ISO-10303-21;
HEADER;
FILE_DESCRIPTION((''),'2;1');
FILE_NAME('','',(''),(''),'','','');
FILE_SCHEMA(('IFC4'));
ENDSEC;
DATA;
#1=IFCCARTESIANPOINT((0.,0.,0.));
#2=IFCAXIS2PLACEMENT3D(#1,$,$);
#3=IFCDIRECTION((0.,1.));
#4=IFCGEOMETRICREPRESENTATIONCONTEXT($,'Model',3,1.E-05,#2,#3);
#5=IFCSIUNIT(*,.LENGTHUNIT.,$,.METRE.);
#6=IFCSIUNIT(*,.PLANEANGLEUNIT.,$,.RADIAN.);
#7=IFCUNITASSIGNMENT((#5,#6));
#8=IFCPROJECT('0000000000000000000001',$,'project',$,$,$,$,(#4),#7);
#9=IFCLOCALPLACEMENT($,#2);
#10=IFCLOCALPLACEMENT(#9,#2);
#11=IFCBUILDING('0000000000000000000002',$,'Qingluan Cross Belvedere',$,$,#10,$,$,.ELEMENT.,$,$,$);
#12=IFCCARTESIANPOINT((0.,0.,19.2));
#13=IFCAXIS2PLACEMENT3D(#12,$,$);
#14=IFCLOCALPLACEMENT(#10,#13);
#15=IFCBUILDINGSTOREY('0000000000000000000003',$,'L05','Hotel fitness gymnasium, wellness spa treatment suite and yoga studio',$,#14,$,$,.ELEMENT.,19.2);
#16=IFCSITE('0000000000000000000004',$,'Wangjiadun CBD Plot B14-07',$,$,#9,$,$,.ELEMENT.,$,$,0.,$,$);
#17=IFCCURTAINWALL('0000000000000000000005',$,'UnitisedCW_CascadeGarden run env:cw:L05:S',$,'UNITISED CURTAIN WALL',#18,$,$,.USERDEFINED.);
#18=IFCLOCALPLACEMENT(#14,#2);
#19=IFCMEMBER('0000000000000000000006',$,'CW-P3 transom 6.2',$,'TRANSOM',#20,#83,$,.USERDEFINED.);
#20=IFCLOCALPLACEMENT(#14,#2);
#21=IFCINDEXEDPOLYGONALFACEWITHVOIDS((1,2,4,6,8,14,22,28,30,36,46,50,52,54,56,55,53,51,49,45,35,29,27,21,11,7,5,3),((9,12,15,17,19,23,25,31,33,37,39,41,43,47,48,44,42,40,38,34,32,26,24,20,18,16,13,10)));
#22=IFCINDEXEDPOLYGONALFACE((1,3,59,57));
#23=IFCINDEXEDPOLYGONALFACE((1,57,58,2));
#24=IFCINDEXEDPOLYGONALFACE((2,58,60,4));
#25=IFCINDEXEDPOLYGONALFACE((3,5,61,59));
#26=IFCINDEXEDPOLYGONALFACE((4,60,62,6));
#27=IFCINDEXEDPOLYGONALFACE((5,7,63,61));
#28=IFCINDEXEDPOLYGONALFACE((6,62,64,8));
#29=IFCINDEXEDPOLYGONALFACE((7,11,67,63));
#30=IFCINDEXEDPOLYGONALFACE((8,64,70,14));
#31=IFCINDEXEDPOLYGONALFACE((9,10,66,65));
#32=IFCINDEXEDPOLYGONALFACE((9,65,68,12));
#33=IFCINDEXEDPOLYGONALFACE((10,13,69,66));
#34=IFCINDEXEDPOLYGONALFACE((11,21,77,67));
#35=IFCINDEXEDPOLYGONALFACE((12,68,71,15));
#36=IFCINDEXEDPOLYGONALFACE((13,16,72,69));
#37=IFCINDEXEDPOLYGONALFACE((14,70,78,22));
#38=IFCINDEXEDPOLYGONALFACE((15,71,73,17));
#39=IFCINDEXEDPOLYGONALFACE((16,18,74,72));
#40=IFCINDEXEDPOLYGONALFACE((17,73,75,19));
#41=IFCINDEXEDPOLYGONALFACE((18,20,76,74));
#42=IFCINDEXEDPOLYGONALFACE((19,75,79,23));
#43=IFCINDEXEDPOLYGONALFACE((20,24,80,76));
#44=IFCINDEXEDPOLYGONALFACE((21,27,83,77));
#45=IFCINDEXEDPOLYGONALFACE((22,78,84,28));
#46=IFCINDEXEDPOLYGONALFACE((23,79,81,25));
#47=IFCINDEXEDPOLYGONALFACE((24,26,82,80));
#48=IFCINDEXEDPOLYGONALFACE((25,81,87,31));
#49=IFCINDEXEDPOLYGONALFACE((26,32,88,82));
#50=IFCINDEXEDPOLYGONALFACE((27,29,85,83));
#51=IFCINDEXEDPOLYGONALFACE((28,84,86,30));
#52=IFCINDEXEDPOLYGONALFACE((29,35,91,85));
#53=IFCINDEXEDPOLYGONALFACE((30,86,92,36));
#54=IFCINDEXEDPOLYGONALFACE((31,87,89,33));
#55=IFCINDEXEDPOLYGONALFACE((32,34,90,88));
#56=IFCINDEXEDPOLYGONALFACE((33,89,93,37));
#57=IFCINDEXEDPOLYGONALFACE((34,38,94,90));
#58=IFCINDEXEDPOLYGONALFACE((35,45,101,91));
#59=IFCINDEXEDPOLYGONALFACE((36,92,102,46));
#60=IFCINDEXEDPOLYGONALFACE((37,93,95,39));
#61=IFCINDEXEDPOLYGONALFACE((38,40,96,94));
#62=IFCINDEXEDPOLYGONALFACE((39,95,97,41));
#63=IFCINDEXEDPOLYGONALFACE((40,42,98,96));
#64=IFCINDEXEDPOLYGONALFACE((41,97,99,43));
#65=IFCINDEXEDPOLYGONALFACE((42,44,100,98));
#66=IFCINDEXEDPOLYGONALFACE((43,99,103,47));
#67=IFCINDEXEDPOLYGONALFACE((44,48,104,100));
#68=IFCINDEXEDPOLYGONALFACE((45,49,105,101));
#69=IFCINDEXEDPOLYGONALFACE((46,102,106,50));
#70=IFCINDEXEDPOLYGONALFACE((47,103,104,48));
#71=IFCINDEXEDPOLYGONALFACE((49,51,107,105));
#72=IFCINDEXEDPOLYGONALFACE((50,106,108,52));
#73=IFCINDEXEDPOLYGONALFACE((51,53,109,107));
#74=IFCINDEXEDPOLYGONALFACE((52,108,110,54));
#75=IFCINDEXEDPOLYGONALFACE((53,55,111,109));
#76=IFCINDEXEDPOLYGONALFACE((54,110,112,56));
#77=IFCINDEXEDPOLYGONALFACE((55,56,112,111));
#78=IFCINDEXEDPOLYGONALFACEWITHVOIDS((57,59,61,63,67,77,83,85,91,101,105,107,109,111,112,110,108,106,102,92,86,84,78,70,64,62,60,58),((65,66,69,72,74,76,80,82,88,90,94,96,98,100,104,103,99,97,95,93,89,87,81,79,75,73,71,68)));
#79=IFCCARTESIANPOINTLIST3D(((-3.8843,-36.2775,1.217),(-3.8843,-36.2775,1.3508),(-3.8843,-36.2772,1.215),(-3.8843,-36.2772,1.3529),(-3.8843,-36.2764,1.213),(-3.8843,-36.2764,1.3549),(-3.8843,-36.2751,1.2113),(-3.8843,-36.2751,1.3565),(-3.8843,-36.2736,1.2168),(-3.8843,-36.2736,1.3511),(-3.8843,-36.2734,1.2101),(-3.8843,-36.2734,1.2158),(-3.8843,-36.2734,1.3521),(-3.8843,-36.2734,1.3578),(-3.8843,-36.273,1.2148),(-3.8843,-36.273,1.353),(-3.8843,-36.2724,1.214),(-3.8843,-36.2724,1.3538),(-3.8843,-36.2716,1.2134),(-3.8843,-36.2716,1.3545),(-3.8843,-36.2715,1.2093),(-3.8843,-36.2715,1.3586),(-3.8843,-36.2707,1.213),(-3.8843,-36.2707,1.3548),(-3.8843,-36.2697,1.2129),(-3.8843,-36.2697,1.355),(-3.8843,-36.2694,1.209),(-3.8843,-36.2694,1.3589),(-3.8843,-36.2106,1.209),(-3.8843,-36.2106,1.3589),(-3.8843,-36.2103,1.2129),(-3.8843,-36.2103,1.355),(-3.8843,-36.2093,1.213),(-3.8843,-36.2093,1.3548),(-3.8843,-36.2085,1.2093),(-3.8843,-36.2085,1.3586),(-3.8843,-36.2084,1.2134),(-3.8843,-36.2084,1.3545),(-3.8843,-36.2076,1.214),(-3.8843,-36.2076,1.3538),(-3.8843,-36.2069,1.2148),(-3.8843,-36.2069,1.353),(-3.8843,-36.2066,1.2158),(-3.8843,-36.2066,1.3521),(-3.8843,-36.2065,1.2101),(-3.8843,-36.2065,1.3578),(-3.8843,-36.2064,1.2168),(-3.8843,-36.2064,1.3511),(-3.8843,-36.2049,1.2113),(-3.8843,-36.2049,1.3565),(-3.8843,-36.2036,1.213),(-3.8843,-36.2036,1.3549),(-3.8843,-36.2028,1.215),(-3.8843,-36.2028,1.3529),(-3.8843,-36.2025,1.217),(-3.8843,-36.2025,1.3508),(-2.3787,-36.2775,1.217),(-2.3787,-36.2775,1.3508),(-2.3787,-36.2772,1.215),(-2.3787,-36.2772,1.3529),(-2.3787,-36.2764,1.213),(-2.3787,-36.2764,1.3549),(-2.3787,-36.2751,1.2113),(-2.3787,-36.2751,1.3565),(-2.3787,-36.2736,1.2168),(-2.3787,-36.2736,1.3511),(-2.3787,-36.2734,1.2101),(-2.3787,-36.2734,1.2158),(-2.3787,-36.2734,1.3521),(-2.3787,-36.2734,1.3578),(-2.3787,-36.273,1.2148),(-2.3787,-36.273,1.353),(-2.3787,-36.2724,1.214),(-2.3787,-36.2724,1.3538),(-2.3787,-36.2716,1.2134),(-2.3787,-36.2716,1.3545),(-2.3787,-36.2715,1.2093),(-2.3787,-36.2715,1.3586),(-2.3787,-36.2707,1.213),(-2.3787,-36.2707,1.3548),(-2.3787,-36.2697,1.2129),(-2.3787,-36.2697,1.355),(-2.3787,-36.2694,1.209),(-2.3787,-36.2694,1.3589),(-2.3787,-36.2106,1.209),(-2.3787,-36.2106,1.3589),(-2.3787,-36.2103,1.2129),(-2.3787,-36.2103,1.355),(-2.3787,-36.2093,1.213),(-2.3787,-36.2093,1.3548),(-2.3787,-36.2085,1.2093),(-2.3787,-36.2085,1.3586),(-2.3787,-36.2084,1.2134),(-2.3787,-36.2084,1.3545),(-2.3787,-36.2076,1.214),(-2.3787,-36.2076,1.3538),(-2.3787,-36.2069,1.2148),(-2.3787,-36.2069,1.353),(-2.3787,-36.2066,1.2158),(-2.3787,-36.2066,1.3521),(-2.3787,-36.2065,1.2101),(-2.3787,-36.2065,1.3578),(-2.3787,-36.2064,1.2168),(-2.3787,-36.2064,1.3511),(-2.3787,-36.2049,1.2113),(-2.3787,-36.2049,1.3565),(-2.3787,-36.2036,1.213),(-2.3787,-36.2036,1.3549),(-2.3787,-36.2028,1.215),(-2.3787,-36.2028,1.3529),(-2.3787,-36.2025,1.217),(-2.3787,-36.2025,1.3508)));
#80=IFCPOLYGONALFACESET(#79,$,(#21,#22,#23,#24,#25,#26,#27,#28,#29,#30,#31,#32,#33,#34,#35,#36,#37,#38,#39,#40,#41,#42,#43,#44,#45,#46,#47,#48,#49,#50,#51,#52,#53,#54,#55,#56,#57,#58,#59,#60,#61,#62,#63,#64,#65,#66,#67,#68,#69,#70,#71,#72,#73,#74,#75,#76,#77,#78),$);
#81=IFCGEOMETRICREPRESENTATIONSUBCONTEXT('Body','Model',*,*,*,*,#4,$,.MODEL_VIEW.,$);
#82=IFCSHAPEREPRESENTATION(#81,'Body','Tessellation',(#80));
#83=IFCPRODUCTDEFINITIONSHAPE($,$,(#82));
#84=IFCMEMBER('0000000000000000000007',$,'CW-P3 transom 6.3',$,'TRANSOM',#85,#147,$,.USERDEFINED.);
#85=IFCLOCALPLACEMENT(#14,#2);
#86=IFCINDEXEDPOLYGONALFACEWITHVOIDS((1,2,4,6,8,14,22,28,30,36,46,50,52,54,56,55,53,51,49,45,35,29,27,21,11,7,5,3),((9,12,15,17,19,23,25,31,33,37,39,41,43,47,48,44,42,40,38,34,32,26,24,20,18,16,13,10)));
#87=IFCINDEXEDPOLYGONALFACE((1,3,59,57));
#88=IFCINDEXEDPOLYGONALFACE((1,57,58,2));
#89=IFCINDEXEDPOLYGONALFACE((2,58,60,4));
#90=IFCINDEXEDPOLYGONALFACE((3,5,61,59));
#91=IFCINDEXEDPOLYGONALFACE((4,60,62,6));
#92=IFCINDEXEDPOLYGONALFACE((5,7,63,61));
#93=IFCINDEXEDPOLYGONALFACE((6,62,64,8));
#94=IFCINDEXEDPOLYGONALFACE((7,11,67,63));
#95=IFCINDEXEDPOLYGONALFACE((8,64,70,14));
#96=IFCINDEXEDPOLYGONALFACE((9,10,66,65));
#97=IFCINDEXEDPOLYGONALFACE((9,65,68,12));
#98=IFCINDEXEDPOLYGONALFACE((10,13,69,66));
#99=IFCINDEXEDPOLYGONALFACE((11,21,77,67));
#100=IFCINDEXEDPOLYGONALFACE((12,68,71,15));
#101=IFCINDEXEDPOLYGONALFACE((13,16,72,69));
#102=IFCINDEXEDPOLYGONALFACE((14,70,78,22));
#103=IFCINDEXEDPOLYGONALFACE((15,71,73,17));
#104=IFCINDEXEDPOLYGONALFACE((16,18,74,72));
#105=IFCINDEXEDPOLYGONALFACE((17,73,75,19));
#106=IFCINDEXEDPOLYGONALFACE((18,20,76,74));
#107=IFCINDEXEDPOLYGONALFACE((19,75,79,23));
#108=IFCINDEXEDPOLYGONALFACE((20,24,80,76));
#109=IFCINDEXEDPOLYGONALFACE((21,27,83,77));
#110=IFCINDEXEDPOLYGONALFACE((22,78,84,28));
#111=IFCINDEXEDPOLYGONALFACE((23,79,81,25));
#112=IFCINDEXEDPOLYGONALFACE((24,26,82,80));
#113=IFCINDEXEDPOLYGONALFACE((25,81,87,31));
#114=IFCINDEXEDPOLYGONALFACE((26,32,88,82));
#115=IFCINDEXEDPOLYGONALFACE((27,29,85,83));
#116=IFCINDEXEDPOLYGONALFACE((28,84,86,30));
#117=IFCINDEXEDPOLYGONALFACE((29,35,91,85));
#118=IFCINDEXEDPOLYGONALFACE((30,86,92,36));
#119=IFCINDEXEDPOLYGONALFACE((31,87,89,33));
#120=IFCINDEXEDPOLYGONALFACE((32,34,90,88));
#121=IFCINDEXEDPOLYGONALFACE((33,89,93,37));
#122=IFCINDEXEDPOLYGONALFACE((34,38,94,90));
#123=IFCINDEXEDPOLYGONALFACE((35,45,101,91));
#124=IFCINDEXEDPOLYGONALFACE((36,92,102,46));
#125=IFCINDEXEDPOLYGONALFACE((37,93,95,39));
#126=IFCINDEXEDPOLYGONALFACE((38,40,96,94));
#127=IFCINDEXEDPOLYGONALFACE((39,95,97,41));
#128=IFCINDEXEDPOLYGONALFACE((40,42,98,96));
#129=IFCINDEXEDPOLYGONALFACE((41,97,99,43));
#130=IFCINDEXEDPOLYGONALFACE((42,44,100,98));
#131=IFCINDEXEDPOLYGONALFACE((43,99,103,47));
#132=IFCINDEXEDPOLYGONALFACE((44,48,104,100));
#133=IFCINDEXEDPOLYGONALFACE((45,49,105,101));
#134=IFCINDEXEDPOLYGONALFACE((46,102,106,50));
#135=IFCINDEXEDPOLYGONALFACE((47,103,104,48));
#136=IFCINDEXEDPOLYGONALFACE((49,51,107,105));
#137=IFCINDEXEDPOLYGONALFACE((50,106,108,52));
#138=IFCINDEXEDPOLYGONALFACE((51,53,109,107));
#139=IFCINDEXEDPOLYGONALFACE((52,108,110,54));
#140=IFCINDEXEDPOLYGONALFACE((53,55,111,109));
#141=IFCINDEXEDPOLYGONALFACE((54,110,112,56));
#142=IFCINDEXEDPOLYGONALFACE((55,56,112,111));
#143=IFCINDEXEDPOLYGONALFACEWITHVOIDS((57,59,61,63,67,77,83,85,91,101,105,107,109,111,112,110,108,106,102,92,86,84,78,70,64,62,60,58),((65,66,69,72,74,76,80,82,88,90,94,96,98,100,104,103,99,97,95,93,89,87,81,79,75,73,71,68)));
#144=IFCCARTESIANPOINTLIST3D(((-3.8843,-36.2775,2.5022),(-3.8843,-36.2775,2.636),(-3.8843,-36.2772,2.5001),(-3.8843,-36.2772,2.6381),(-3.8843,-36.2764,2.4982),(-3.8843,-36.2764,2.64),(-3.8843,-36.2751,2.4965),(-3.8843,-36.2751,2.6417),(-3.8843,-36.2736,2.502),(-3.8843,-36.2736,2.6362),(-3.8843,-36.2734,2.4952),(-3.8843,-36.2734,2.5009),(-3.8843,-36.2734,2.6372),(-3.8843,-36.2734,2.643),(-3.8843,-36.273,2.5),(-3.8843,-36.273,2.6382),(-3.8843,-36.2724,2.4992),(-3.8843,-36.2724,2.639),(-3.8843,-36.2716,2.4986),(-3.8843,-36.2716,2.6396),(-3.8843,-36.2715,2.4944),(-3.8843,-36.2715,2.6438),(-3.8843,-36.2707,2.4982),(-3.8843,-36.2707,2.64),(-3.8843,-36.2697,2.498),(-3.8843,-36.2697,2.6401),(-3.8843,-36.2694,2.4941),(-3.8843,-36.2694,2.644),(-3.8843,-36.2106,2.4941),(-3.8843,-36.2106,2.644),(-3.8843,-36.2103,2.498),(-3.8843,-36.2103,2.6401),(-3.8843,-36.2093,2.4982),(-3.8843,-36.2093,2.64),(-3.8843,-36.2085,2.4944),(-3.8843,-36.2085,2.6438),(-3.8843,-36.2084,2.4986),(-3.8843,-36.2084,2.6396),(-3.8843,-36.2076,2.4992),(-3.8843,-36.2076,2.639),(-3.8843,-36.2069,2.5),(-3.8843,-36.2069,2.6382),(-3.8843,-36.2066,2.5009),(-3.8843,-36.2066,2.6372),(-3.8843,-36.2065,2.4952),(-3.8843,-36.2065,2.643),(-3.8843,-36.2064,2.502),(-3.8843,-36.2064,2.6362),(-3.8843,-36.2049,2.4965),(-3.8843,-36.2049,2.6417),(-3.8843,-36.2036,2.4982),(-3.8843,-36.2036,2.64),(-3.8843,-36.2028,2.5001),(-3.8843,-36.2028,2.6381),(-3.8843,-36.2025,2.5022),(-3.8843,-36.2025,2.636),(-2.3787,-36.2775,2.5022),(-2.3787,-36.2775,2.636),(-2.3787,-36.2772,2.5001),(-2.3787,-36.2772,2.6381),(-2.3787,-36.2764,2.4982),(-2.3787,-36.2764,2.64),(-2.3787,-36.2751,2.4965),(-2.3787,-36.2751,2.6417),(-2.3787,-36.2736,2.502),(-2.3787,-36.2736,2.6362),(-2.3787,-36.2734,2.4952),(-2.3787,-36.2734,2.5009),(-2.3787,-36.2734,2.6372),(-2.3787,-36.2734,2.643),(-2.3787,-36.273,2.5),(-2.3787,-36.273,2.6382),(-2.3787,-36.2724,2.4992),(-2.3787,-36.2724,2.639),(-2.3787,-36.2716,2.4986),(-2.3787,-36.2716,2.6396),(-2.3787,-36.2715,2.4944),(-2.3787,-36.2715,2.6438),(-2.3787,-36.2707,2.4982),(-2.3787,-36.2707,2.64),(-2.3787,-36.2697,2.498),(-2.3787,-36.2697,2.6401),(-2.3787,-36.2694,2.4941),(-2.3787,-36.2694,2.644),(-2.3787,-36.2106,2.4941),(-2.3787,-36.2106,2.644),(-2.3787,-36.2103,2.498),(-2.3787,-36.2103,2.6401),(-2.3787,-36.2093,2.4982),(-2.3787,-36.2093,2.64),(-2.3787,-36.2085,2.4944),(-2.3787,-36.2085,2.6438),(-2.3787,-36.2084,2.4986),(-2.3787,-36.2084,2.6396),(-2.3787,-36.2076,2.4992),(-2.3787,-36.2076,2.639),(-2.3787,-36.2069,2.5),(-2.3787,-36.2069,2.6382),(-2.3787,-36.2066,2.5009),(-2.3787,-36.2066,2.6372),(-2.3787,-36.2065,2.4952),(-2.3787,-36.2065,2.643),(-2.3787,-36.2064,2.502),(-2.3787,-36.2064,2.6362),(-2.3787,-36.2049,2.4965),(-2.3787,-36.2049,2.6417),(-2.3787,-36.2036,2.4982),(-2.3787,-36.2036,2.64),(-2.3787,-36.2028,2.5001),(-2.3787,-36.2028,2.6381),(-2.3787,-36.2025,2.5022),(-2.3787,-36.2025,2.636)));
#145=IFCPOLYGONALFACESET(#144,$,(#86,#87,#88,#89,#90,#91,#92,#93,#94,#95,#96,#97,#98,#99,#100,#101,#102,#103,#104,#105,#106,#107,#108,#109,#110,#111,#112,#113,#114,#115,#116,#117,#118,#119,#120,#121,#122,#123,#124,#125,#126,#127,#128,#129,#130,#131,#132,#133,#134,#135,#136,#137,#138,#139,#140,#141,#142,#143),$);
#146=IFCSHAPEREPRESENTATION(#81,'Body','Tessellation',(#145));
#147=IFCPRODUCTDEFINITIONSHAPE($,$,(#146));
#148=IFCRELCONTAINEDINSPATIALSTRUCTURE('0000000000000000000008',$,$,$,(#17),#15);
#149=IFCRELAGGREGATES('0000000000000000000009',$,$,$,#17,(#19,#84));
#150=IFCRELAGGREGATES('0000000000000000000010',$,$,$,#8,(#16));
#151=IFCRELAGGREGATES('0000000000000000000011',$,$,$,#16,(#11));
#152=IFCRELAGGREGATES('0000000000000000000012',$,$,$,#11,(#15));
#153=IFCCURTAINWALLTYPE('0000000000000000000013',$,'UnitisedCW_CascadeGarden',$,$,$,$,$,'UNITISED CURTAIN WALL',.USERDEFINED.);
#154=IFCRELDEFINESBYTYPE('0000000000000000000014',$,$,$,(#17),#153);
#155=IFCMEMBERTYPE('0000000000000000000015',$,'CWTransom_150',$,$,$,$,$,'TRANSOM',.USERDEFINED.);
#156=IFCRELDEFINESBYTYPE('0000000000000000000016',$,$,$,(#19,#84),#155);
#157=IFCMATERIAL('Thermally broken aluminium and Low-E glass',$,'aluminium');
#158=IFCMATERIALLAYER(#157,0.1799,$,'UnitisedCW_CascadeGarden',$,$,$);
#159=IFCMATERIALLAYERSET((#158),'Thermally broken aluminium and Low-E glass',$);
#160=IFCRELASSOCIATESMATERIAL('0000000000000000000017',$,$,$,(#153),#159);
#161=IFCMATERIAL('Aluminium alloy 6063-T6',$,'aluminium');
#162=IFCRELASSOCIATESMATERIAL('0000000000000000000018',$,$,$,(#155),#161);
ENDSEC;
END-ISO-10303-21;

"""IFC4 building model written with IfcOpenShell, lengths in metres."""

from ifc_helpers import new_model, si_unit, direction, frame, origin, origin_2d, place, context, subcontext, project, spatial, hollow_rectangle, extrude, material, layer, layer_set, material_profile, profile_set, type_object, element, aggregate, save


model = new_model("IFC4")

# Units and contexts
model_context = context("Model", 3, precision=1e-05, world=origin(), true_north=direction((0.0, 1.0)))
body_context = subcontext(model_context, "Body", "Model", "MODEL_VIEW")
ifc_project = project(units=[si_unit("LENGTHUNIT", "METRE"), si_unit("PLANEANGLEUNIT", "RADIAN")], contexts=[model_context])

# Site, building, storey
site_placement = place(None, origin())
site = spatial("IfcSite", under=ifc_project, at=site_placement, Name="Wangjiadun CBD Plot B14-07", CompositionType="ELEMENT", RefElevation=0.0)
building_placement = place(site_placement, origin())
building = spatial("IfcBuilding", under=site, at=building_placement, Name="Qingluan Cross Belvedere", CompositionType="ELEMENT")
storey_placement = place(building_placement, frame((0.0, 0.0, 19.2)))
storey = spatial("IfcBuildingStorey", under=building, at=storey_placement, Name="L05", Description="Hotel fitness gymnasium, wellness spa treatment suite and yoga studio", CompositionType="ELEMENT", Elevation=19.2)

# Curtain wall, members
ifc_material_1 = material(Name="Thermally broken aluminium and Low-E glass", Category="aluminium")
ifc_layer_1 = layer(ifc_material_1, 0.1799, Name="UnitisedCW_CascadeGarden")
ifc_layer_set_1 = layer_set([ifc_layer_1], Name="Thermally broken aluminium and Low-E glass")
curtain_wall_type = type_object("IfcCurtainWallType", Name="UnitisedCW_CascadeGarden", ElementType="UNITISED CURTAIN WALL", PredefinedType="USERDEFINED", material=ifc_layer_set_1)
curtain_wall_placement = place(storey_placement, origin())
curtain_wall = element("IfcCurtainWall", 1, at=curtain_wall_placement, inside=storey, type_object=curtain_wall_type, Name="UnitisedCW_CascadeGarden run env:cw:L05:S", ObjectType="UNITISED CURTAIN WALL", PredefinedType="USERDEFINED")
ifc_material_2 = material(Name="Aluminium alloy 6063-T6", Category="aluminium")
ifc_material_profile_1 = material_profile(ifc_material_2, hollow_rectangle(XDim=0.075, YDim=0.1499, WallThickness=0.0039, InnerFilletRadius=0.0039, OuterFilletRadius=0.0081, at=origin_2d()), Name="CWT150x75x4")
ifc_profile_set_1 = profile_set([ifc_material_profile_1], Name="Aluminium alloy 6063-T6")
member_type_1 = type_object("IfcMemberType", Name="CWTransom_150", ElementType="TRANSOM", PredefinedType="USERDEFINED", material=ifc_profile_set_1)
member_1_placement = place(storey_placement, frame((-2.3787, -36.24, 1.2839), z_axis=(-1.0, 0.0, 0.0), x_axis=(0.0, -1.0, 0.0)))
member_1 = element("IfcMember", 2, at=member_1_placement, type_object=member_type_1, Name="CW-P3 transom 6.2", ObjectType="TRANSOM", PredefinedType="USERDEFINED", context=body_context, shape_type="SweptSolid", body=[
    extrude(hollow_rectangle(XDim=0.075, YDim=0.1499, WallThickness=0.0039, InnerFilletRadius=0.0039, OuterFilletRadius=0.0081, at=origin_2d()), origin(), (0.0, 0.0, 1.0), 1.5056),
])
member_2_placement = place(storey_placement, frame((-2.3787, -36.24, 2.5691), z_axis=(-1.0, 0.0, 0.0), x_axis=(0.0, -1.0, 0.0)))
member_2 = element("IfcMember", 3, at=member_2_placement, type_object=member_type_1, Name="CW-P3 transom 6.3", ObjectType="TRANSOM", PredefinedType="USERDEFINED", context=body_context, shape_type="SweptSolid", body=[
    extrude(hollow_rectangle(XDim=0.075, YDim=0.1499, WallThickness=0.0039, InnerFilletRadius=0.0039, OuterFilletRadius=0.0081, at=origin_2d()), origin(), (0.0, 0.0, 1.0), 1.5056),
])

aggregate(curtain_wall, [member_1, member_2])

save(model, "model.ifc")
